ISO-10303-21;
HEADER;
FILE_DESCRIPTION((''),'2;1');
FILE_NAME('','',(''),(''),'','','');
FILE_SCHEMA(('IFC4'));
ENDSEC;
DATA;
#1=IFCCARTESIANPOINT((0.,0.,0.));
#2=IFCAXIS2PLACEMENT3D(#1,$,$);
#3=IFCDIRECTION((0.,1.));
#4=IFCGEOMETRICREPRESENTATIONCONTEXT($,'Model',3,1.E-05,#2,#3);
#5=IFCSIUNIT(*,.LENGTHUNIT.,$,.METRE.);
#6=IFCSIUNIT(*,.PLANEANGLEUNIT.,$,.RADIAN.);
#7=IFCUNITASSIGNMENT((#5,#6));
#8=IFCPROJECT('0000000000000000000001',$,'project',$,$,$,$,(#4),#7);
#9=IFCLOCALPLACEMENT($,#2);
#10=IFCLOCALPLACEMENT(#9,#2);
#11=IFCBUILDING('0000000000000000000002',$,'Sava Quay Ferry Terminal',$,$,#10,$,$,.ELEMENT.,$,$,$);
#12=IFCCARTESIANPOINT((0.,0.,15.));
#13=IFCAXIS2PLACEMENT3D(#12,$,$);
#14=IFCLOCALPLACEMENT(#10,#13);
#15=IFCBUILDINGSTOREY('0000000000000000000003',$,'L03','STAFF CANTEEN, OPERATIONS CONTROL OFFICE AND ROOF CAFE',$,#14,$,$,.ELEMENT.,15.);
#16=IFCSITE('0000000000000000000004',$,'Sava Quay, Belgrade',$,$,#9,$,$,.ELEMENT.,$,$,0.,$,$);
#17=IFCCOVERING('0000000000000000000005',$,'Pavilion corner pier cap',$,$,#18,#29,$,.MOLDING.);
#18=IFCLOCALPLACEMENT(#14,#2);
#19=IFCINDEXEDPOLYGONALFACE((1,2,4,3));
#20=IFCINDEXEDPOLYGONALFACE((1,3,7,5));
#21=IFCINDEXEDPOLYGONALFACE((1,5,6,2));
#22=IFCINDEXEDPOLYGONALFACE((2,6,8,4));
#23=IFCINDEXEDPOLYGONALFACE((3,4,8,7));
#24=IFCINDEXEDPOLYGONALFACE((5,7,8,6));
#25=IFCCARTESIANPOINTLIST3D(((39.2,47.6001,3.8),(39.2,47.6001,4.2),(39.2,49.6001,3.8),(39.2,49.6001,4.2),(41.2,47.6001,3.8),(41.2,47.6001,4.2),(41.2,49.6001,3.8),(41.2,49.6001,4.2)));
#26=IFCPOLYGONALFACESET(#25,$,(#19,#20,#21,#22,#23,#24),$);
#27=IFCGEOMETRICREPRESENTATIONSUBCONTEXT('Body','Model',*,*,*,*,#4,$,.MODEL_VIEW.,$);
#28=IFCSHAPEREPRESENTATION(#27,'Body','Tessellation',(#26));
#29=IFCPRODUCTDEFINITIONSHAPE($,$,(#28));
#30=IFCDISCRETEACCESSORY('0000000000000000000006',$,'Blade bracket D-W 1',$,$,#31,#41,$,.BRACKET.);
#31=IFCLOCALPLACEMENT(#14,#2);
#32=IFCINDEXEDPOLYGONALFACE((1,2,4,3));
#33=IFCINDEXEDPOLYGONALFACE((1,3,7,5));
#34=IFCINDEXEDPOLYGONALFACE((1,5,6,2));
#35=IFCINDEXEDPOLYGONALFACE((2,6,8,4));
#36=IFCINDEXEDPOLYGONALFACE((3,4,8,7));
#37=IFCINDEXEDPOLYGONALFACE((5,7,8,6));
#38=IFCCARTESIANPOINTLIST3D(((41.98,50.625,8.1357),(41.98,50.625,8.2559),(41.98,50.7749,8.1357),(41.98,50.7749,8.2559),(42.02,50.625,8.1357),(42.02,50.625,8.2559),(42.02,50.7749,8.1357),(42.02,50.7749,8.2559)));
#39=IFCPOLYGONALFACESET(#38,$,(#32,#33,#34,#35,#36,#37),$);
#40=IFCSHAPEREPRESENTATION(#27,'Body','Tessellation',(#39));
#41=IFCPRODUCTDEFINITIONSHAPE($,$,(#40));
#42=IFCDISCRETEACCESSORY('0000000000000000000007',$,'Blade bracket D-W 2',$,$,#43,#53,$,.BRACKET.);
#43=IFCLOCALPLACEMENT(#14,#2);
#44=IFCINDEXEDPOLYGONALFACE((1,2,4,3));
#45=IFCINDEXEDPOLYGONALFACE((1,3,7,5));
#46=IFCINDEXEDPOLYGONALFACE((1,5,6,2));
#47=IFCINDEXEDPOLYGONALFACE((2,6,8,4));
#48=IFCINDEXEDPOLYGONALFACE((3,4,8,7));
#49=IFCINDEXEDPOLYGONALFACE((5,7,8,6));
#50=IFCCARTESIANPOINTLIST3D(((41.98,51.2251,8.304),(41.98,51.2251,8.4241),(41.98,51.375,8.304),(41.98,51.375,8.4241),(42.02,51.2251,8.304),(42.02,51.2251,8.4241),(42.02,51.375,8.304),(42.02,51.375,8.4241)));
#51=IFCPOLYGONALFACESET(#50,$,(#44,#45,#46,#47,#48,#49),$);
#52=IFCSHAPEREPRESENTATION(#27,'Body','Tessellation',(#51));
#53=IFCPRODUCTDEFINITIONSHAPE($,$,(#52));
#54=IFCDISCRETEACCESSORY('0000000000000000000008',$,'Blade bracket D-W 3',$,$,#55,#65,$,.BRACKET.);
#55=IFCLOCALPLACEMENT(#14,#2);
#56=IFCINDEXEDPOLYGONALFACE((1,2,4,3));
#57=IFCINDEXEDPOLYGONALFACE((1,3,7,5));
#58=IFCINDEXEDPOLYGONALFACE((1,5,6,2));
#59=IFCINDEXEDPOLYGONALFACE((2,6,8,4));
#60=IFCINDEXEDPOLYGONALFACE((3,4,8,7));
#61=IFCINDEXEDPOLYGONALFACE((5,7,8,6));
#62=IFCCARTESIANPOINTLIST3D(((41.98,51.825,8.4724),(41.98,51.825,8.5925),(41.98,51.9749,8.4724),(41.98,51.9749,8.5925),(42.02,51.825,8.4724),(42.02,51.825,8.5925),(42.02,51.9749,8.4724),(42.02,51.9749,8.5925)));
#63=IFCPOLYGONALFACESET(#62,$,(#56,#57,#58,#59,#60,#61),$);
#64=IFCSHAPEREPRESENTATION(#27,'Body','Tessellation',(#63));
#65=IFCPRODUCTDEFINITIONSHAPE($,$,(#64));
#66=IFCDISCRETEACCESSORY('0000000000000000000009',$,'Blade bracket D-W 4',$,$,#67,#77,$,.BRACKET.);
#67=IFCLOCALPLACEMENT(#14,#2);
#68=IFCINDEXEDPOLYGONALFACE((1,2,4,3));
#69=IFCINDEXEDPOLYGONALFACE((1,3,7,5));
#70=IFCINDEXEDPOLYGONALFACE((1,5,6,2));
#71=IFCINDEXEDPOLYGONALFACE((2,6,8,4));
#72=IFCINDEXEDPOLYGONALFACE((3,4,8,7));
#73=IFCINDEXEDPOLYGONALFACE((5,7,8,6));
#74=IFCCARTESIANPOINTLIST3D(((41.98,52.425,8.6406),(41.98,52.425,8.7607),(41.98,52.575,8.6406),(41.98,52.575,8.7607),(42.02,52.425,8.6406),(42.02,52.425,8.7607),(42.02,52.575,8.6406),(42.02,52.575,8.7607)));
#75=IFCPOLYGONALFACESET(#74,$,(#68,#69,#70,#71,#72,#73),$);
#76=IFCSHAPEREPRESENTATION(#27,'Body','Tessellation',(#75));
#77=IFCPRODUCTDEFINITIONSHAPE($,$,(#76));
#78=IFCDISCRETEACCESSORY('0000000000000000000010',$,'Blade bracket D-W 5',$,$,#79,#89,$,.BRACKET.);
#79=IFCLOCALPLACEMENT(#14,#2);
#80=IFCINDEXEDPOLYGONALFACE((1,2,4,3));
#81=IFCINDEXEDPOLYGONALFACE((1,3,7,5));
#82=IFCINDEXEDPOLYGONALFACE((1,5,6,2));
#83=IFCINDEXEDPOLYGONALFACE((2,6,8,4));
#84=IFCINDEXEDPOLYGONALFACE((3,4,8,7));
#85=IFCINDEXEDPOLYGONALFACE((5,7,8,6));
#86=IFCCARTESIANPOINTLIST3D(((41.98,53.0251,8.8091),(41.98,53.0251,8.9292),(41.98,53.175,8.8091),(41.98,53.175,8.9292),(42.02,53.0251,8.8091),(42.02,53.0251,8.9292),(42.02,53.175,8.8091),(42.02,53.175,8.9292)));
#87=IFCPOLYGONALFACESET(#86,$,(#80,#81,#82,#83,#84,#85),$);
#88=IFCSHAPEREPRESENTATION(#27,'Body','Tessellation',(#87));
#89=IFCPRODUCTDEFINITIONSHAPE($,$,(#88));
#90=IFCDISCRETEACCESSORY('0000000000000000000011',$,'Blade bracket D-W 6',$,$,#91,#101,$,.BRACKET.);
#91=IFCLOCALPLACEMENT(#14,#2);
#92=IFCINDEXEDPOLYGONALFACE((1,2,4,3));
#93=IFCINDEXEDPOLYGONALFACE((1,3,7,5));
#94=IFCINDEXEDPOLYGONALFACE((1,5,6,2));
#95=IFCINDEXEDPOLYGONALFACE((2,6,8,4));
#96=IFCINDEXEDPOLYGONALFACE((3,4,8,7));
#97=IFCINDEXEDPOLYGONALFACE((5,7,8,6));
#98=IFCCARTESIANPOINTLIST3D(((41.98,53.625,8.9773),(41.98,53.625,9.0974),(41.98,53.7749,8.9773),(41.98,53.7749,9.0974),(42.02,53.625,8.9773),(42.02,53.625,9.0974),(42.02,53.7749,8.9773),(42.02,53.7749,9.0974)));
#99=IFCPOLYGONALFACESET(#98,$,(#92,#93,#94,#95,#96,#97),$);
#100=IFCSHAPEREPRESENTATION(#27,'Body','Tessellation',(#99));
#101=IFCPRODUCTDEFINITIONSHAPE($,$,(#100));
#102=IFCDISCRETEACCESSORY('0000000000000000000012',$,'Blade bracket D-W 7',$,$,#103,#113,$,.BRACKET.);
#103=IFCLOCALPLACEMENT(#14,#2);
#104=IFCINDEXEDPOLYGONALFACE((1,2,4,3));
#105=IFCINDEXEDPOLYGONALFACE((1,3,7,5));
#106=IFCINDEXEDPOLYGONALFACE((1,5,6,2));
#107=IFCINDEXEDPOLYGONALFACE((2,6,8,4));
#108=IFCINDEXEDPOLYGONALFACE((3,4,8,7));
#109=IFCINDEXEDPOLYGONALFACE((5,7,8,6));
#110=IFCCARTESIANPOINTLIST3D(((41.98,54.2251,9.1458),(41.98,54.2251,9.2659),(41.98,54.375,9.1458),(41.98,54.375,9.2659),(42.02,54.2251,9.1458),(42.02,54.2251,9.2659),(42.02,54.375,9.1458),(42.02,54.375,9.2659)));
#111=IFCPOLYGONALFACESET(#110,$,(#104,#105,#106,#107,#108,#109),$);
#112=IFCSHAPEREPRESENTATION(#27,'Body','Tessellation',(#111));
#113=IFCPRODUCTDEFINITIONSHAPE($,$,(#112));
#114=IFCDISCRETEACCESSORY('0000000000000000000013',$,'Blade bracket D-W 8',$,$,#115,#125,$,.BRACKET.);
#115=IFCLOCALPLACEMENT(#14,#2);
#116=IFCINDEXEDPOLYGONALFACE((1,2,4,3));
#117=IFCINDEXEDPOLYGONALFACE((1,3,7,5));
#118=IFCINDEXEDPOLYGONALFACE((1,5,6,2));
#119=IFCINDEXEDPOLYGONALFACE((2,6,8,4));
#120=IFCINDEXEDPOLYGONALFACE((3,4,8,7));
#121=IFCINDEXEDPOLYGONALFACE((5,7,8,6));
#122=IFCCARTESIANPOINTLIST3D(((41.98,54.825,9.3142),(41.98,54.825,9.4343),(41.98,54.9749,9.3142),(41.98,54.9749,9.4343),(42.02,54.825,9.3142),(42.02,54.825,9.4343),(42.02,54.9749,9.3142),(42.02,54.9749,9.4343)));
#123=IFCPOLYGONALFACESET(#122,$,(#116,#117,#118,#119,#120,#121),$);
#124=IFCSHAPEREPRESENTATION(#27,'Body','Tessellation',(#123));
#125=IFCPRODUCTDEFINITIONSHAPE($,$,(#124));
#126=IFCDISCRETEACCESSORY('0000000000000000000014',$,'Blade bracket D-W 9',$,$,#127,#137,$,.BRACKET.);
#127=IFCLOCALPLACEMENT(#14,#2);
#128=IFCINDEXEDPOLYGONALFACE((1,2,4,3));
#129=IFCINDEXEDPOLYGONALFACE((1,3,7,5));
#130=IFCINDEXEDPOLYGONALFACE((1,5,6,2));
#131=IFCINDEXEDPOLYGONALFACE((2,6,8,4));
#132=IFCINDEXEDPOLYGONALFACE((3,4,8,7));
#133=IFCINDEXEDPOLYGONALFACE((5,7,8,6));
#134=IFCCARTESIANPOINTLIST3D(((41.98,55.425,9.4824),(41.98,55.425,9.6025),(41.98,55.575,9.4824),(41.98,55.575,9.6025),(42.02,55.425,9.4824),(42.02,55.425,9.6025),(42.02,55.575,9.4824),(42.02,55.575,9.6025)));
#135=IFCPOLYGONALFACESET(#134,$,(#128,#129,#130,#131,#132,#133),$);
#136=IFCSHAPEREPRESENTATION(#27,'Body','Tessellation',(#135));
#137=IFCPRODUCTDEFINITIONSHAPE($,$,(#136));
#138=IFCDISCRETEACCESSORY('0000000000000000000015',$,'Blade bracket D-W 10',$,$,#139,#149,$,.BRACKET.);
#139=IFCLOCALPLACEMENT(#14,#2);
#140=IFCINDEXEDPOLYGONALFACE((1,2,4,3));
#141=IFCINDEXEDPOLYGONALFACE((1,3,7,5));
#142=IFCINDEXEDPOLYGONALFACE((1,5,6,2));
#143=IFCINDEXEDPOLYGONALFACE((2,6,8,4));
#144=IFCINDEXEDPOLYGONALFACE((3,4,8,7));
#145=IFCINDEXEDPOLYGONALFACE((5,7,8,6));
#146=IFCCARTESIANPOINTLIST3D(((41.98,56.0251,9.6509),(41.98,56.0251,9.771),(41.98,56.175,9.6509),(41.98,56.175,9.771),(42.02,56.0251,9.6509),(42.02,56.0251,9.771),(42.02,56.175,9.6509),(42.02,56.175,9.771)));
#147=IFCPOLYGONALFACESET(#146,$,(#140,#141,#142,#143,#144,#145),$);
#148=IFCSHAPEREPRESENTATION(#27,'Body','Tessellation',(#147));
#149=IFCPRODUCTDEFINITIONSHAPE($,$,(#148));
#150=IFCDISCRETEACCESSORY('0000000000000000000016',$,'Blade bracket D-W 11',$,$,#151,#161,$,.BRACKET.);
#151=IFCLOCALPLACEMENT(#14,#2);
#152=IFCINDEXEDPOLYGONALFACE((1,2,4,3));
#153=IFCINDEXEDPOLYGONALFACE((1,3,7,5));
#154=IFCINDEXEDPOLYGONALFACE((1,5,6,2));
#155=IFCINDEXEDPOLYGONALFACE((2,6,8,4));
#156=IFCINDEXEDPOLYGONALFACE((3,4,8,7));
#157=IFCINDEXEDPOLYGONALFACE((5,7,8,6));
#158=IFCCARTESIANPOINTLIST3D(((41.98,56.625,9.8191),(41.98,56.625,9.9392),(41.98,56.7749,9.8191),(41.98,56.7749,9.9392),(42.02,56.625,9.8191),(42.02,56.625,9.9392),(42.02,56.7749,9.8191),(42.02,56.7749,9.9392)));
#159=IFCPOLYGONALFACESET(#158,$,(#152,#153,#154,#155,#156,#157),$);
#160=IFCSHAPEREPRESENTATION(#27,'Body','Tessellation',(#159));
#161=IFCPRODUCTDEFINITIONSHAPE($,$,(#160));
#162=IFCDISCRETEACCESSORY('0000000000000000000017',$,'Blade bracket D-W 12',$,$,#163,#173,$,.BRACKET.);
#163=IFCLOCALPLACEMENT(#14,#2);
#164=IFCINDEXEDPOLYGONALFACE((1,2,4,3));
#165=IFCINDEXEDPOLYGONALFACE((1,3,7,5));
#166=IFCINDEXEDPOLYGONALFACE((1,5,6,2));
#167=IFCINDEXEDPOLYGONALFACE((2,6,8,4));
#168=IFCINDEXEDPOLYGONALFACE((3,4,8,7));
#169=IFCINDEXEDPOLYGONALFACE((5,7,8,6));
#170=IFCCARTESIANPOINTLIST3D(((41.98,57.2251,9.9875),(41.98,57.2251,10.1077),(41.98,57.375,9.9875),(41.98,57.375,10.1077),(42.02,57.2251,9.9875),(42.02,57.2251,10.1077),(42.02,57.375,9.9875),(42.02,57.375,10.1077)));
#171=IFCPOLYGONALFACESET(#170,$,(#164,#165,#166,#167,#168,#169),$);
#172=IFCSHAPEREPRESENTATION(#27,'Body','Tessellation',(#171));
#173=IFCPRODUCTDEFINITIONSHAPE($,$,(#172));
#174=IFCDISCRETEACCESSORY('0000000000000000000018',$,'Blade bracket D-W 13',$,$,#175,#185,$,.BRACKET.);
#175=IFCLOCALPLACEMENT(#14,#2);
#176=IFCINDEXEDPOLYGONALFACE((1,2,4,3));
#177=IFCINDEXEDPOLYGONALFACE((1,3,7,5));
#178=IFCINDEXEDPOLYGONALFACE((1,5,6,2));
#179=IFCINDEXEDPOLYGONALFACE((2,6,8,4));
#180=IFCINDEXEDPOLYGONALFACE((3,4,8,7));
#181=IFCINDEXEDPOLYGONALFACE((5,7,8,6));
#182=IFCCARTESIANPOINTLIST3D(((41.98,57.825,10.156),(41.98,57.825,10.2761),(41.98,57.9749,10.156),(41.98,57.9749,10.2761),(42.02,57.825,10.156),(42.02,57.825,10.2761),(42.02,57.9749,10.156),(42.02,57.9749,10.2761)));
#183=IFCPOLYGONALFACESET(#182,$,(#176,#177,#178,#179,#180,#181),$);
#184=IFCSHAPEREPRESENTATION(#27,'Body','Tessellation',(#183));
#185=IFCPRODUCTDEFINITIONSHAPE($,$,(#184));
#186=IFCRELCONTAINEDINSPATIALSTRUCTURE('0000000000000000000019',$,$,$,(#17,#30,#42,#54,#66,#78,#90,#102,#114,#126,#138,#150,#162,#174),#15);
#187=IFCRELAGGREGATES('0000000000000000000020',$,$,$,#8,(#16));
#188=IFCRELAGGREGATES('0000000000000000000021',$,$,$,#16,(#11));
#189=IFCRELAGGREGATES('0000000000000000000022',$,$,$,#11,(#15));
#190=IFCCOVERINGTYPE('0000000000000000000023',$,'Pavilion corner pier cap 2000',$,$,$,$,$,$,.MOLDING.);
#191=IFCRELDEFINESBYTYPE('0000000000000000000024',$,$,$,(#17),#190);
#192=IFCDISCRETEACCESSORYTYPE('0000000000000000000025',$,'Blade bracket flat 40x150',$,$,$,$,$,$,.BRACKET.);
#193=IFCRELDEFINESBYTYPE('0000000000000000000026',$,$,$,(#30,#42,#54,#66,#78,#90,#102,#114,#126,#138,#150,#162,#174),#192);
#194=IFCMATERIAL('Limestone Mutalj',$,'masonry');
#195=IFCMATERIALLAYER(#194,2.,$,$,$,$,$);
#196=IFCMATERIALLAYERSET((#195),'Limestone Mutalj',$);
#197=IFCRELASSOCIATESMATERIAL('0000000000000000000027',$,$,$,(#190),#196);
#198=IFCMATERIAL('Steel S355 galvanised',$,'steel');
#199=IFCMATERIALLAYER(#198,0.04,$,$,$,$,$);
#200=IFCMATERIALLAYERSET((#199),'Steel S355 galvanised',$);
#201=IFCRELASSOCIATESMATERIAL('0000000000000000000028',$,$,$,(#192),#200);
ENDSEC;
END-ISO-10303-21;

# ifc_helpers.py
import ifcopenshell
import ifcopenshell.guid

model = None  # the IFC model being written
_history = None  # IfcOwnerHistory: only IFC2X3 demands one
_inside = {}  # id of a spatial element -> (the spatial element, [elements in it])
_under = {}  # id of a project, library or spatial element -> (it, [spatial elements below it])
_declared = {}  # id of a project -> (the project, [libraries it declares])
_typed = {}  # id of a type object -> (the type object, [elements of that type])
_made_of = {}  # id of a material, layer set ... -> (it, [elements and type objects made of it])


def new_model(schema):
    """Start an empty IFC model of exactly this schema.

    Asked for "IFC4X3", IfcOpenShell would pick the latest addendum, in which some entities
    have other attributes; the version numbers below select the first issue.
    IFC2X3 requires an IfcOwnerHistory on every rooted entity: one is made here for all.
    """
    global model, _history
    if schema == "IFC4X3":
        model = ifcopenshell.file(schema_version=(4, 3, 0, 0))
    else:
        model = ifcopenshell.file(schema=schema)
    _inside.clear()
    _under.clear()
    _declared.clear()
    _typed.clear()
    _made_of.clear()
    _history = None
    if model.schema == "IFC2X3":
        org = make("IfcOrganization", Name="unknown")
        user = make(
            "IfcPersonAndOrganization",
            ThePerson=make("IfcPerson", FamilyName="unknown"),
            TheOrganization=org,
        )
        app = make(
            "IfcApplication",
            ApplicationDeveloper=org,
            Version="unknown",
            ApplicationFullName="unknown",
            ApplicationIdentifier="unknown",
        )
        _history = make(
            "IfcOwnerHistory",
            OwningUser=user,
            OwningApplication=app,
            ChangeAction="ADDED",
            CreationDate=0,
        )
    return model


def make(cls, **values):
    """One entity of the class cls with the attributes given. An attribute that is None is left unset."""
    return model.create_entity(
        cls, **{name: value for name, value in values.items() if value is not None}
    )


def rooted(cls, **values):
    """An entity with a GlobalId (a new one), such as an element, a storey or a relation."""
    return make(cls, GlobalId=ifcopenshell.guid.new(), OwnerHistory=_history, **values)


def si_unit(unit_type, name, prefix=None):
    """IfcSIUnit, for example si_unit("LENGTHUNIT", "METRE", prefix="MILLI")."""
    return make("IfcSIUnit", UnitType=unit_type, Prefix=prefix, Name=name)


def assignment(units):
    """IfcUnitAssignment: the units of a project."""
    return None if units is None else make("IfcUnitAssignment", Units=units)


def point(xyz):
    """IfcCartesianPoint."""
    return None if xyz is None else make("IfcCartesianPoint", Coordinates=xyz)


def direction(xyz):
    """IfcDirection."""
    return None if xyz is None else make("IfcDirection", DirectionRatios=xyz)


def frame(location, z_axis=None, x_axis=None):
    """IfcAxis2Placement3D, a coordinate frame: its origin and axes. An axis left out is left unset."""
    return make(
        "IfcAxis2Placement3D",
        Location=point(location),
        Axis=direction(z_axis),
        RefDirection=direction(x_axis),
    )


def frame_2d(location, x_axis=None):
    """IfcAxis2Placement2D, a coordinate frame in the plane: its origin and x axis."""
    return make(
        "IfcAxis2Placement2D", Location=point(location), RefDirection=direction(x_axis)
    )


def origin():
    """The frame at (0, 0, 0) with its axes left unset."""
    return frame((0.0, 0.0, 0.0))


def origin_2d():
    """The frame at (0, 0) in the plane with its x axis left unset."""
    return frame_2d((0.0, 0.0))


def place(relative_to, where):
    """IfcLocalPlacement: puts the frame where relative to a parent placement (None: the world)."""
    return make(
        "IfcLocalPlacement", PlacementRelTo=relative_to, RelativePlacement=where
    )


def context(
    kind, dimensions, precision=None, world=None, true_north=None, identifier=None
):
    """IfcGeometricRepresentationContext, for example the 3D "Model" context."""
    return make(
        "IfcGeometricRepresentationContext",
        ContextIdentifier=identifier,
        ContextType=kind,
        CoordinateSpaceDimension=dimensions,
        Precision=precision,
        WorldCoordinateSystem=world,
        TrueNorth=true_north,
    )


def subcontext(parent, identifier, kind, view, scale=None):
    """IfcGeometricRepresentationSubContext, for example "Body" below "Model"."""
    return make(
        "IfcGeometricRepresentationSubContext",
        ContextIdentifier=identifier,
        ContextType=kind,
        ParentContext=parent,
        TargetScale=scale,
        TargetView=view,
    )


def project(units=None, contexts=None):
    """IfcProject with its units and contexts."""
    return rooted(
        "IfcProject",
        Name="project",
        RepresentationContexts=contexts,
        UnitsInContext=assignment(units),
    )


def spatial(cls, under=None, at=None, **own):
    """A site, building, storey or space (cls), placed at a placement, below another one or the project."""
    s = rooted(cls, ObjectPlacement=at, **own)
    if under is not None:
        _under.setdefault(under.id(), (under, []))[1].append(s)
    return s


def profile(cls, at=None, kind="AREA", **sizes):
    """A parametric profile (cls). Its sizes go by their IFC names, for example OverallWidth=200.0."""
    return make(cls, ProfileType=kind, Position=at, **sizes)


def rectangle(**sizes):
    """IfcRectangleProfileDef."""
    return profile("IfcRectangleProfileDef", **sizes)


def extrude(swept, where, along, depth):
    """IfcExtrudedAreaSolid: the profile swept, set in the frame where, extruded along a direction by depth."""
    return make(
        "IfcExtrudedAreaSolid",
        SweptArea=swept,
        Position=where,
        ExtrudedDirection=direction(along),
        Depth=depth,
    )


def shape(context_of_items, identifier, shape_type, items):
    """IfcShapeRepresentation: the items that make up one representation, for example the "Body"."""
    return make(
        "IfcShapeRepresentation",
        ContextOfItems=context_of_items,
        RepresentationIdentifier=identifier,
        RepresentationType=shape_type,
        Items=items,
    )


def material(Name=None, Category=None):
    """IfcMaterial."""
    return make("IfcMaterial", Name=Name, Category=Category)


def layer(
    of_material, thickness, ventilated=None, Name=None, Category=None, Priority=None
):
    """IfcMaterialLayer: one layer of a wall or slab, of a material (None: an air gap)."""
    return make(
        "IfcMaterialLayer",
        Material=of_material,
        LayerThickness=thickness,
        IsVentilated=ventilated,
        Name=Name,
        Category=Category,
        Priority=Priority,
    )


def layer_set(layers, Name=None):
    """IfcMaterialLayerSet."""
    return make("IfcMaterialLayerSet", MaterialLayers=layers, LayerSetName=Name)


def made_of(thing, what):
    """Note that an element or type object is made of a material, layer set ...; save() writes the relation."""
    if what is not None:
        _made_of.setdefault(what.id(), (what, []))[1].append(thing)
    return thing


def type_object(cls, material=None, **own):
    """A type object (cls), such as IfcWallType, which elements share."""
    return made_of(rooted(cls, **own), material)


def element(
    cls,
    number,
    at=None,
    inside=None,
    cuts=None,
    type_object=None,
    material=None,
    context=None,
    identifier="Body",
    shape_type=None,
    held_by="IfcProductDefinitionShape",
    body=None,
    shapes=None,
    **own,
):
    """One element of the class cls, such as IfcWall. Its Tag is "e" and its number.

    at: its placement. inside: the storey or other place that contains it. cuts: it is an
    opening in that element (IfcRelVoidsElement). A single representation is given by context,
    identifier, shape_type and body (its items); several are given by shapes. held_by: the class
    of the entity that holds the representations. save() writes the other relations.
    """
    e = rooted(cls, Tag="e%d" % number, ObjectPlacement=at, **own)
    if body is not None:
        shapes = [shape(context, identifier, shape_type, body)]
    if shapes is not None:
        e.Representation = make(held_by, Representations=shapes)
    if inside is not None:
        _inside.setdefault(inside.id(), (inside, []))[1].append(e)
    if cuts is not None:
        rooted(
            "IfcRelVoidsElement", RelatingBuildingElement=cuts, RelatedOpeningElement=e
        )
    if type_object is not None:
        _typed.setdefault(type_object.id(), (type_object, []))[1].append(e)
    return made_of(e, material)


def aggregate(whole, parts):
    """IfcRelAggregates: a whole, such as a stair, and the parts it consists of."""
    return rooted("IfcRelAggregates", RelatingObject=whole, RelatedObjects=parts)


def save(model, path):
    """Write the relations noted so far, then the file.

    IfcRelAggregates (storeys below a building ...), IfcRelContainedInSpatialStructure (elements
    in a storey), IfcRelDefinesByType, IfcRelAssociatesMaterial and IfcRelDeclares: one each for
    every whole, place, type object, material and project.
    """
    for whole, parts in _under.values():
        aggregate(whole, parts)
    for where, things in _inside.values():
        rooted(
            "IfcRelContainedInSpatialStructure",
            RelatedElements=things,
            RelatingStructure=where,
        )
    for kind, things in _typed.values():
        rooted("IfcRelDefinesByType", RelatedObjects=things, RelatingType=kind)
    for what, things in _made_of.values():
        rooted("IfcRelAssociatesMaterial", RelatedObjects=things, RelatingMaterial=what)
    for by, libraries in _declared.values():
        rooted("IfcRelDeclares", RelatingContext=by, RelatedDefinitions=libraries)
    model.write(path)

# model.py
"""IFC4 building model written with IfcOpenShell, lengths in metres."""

from ifc_helpers import new_model, si_unit, direction, frame, origin, origin_2d, place, context, subcontext, project, spatial, rectangle, extrude, material, layer, layer_set, type_object, element, save


model = new_model("IFC4")

# Units and contexts
model_context = context("Model", 3, precision=1e-05, world=origin(), true_north=direction((0.0, 1.0)))
body_context = subcontext(model_context, "Body", "Model", "MODEL_VIEW")
ifc_project = project(units=[si_unit("LENGTHUNIT", "METRE"), si_unit("PLANEANGLEUNIT", "RADIAN")], contexts=[model_context])

# Site, building, storey
site_placement = place(None, origin())
site = spatial("IfcSite", under=ifc_project, at=site_placement, Name="Sava Quay, Belgrade", CompositionType="ELEMENT", RefElevation=0.0)
building_placement = place(site_placement, origin())
building = spatial("IfcBuilding", under=site, at=building_placement, Name="Sava Quay Ferry Terminal", CompositionType="ELEMENT")
storey_placement = place(building_placement, frame((0.0, 0.0, 15.0)))
storey = spatial("IfcBuildingStorey", under=building, at=storey_placement, Name="L03", Description="STAFF CANTEEN, OPERATIONS CONTROL OFFICE AND ROOF CAFE", CompositionType="ELEMENT", Elevation=15.0)

# Covering
ifc_material_1 = material(Name="Limestone Mutalj", Category="masonry")
ifc_layer_1 = layer(ifc_material_1, 2.0)
ifc_layer_set_1 = layer_set([ifc_layer_1], Name="Limestone Mutalj")
covering_type_1 = type_object("IfcCoveringType", Name="Pavilion corner pier cap 2000", PredefinedType="MOLDING", material=ifc_layer_set_1)
covering_1_placement = place(storey_placement, frame((40.2, 48.6001, 3.8), z_axis=(0.0, 0.0, 1.0), x_axis=(1.0, 0.0, 0.0)))
element("IfcCovering", 1, at=covering_1_placement, inside=storey, type_object=covering_type_1, Name="Pavilion corner pier cap", PredefinedType="MOLDING", context=body_context, shape_type="SweptSolid", body=[
    extrude(rectangle(XDim=2.0, YDim=2.0, at=origin_2d()), origin(), (0.0, 0.0, 1.0), 0.3999),
])

# Discrete accessories
ifc_material_2 = material(Name="Steel S355 galvanised", Category="steel")
ifc_layer_2 = layer(ifc_material_2, 0.04)
ifc_layer_set_2 = layer_set([ifc_layer_2], Name="Steel S355 galvanised")
discrete_accessory_type = type_object("IfcDiscreteAccessoryType", Name="Blade bracket flat 40x150", PredefinedType="BRACKET", material=ifc_layer_set_2)
for number, where, z_axis, x_axis, name in (
    (2, (42.0, 50.7, 8.1357), (0.0, 0.0, 1.0), (1.0, 0.0, 0.0), "Blade bracket D-W 1"),
    (3, (42.0, 51.3, 8.304), (0.0, 0.0, 1.0), (1.0, 0.0, 0.0), "Blade bracket D-W 2"),
    (4, (42.0, 51.8999, 8.4724), (0.0, 0.0, 1.0), (1.0, 0.0, 0.0), "Blade bracket D-W 3"),
    (5, (42.0, 52.5, 8.6406), (0.0, 0.0, 1.0), (1.0, 0.0, 0.0), "Blade bracket D-W 4"),
    (6, (42.0, 53.1001, 8.8091), (0.0, 0.0, 1.0), (1.0, 0.0, 0.0), "Blade bracket D-W 5"),
    (7, (42.0, 53.7, 8.9773), (0.0, 0.0, 1.0), (1.0, 0.0, 0.0), "Blade bracket D-W 6"),
    (8, (42.0, 54.3, 9.1458), (0.0, 0.0, 1.0), (1.0, 0.0, 0.0), "Blade bracket D-W 7"),
    (9, (42.0, 54.8999, 9.3142), (0.0, 0.0, 1.0), (1.0, 0.0, 0.0), "Blade bracket D-W 8"),
    (10, (42.0, 55.5, 9.4824), (0.0, 0.0, 1.0), (1.0, 0.0, 0.0), "Blade bracket D-W 9"),
    (11, (42.0, 56.1001, 9.6509), (0.0, 0.0, 1.0), (1.0, 0.0, 0.0), "Blade bracket D-W 10"),
    (12, (42.0, 56.7, 9.8191), (0.0, 0.0, 1.0), (1.0, 0.0, 0.0), "Blade bracket D-W 11"),
    (13, (42.0, 57.3, 9.9875), (0.0, 0.0, 1.0), (1.0, 0.0, 0.0), "Blade bracket D-W 12"),
    (14, (42.0, 57.8999, 10.156), (0.0, 0.0, 1.0), (1.0, 0.0, 0.0), "Blade bracket D-W 13"),
):
    element("IfcDiscreteAccessory", number, at=place(storey_placement, frame(where, z_axis=z_axis, x_axis=x_axis)), inside=storey, type_object=discrete_accessory_type, Name=name, PredefinedType="BRACKET", context=body_context, shape_type="SweptSolid", body=[
        extrude(rectangle(XDim=0.04, YDim=0.1499, at=origin_2d()), origin(), (0.0, 0.0, 1.0), 0.1201),
    ])

save(model, "model.ifc")
